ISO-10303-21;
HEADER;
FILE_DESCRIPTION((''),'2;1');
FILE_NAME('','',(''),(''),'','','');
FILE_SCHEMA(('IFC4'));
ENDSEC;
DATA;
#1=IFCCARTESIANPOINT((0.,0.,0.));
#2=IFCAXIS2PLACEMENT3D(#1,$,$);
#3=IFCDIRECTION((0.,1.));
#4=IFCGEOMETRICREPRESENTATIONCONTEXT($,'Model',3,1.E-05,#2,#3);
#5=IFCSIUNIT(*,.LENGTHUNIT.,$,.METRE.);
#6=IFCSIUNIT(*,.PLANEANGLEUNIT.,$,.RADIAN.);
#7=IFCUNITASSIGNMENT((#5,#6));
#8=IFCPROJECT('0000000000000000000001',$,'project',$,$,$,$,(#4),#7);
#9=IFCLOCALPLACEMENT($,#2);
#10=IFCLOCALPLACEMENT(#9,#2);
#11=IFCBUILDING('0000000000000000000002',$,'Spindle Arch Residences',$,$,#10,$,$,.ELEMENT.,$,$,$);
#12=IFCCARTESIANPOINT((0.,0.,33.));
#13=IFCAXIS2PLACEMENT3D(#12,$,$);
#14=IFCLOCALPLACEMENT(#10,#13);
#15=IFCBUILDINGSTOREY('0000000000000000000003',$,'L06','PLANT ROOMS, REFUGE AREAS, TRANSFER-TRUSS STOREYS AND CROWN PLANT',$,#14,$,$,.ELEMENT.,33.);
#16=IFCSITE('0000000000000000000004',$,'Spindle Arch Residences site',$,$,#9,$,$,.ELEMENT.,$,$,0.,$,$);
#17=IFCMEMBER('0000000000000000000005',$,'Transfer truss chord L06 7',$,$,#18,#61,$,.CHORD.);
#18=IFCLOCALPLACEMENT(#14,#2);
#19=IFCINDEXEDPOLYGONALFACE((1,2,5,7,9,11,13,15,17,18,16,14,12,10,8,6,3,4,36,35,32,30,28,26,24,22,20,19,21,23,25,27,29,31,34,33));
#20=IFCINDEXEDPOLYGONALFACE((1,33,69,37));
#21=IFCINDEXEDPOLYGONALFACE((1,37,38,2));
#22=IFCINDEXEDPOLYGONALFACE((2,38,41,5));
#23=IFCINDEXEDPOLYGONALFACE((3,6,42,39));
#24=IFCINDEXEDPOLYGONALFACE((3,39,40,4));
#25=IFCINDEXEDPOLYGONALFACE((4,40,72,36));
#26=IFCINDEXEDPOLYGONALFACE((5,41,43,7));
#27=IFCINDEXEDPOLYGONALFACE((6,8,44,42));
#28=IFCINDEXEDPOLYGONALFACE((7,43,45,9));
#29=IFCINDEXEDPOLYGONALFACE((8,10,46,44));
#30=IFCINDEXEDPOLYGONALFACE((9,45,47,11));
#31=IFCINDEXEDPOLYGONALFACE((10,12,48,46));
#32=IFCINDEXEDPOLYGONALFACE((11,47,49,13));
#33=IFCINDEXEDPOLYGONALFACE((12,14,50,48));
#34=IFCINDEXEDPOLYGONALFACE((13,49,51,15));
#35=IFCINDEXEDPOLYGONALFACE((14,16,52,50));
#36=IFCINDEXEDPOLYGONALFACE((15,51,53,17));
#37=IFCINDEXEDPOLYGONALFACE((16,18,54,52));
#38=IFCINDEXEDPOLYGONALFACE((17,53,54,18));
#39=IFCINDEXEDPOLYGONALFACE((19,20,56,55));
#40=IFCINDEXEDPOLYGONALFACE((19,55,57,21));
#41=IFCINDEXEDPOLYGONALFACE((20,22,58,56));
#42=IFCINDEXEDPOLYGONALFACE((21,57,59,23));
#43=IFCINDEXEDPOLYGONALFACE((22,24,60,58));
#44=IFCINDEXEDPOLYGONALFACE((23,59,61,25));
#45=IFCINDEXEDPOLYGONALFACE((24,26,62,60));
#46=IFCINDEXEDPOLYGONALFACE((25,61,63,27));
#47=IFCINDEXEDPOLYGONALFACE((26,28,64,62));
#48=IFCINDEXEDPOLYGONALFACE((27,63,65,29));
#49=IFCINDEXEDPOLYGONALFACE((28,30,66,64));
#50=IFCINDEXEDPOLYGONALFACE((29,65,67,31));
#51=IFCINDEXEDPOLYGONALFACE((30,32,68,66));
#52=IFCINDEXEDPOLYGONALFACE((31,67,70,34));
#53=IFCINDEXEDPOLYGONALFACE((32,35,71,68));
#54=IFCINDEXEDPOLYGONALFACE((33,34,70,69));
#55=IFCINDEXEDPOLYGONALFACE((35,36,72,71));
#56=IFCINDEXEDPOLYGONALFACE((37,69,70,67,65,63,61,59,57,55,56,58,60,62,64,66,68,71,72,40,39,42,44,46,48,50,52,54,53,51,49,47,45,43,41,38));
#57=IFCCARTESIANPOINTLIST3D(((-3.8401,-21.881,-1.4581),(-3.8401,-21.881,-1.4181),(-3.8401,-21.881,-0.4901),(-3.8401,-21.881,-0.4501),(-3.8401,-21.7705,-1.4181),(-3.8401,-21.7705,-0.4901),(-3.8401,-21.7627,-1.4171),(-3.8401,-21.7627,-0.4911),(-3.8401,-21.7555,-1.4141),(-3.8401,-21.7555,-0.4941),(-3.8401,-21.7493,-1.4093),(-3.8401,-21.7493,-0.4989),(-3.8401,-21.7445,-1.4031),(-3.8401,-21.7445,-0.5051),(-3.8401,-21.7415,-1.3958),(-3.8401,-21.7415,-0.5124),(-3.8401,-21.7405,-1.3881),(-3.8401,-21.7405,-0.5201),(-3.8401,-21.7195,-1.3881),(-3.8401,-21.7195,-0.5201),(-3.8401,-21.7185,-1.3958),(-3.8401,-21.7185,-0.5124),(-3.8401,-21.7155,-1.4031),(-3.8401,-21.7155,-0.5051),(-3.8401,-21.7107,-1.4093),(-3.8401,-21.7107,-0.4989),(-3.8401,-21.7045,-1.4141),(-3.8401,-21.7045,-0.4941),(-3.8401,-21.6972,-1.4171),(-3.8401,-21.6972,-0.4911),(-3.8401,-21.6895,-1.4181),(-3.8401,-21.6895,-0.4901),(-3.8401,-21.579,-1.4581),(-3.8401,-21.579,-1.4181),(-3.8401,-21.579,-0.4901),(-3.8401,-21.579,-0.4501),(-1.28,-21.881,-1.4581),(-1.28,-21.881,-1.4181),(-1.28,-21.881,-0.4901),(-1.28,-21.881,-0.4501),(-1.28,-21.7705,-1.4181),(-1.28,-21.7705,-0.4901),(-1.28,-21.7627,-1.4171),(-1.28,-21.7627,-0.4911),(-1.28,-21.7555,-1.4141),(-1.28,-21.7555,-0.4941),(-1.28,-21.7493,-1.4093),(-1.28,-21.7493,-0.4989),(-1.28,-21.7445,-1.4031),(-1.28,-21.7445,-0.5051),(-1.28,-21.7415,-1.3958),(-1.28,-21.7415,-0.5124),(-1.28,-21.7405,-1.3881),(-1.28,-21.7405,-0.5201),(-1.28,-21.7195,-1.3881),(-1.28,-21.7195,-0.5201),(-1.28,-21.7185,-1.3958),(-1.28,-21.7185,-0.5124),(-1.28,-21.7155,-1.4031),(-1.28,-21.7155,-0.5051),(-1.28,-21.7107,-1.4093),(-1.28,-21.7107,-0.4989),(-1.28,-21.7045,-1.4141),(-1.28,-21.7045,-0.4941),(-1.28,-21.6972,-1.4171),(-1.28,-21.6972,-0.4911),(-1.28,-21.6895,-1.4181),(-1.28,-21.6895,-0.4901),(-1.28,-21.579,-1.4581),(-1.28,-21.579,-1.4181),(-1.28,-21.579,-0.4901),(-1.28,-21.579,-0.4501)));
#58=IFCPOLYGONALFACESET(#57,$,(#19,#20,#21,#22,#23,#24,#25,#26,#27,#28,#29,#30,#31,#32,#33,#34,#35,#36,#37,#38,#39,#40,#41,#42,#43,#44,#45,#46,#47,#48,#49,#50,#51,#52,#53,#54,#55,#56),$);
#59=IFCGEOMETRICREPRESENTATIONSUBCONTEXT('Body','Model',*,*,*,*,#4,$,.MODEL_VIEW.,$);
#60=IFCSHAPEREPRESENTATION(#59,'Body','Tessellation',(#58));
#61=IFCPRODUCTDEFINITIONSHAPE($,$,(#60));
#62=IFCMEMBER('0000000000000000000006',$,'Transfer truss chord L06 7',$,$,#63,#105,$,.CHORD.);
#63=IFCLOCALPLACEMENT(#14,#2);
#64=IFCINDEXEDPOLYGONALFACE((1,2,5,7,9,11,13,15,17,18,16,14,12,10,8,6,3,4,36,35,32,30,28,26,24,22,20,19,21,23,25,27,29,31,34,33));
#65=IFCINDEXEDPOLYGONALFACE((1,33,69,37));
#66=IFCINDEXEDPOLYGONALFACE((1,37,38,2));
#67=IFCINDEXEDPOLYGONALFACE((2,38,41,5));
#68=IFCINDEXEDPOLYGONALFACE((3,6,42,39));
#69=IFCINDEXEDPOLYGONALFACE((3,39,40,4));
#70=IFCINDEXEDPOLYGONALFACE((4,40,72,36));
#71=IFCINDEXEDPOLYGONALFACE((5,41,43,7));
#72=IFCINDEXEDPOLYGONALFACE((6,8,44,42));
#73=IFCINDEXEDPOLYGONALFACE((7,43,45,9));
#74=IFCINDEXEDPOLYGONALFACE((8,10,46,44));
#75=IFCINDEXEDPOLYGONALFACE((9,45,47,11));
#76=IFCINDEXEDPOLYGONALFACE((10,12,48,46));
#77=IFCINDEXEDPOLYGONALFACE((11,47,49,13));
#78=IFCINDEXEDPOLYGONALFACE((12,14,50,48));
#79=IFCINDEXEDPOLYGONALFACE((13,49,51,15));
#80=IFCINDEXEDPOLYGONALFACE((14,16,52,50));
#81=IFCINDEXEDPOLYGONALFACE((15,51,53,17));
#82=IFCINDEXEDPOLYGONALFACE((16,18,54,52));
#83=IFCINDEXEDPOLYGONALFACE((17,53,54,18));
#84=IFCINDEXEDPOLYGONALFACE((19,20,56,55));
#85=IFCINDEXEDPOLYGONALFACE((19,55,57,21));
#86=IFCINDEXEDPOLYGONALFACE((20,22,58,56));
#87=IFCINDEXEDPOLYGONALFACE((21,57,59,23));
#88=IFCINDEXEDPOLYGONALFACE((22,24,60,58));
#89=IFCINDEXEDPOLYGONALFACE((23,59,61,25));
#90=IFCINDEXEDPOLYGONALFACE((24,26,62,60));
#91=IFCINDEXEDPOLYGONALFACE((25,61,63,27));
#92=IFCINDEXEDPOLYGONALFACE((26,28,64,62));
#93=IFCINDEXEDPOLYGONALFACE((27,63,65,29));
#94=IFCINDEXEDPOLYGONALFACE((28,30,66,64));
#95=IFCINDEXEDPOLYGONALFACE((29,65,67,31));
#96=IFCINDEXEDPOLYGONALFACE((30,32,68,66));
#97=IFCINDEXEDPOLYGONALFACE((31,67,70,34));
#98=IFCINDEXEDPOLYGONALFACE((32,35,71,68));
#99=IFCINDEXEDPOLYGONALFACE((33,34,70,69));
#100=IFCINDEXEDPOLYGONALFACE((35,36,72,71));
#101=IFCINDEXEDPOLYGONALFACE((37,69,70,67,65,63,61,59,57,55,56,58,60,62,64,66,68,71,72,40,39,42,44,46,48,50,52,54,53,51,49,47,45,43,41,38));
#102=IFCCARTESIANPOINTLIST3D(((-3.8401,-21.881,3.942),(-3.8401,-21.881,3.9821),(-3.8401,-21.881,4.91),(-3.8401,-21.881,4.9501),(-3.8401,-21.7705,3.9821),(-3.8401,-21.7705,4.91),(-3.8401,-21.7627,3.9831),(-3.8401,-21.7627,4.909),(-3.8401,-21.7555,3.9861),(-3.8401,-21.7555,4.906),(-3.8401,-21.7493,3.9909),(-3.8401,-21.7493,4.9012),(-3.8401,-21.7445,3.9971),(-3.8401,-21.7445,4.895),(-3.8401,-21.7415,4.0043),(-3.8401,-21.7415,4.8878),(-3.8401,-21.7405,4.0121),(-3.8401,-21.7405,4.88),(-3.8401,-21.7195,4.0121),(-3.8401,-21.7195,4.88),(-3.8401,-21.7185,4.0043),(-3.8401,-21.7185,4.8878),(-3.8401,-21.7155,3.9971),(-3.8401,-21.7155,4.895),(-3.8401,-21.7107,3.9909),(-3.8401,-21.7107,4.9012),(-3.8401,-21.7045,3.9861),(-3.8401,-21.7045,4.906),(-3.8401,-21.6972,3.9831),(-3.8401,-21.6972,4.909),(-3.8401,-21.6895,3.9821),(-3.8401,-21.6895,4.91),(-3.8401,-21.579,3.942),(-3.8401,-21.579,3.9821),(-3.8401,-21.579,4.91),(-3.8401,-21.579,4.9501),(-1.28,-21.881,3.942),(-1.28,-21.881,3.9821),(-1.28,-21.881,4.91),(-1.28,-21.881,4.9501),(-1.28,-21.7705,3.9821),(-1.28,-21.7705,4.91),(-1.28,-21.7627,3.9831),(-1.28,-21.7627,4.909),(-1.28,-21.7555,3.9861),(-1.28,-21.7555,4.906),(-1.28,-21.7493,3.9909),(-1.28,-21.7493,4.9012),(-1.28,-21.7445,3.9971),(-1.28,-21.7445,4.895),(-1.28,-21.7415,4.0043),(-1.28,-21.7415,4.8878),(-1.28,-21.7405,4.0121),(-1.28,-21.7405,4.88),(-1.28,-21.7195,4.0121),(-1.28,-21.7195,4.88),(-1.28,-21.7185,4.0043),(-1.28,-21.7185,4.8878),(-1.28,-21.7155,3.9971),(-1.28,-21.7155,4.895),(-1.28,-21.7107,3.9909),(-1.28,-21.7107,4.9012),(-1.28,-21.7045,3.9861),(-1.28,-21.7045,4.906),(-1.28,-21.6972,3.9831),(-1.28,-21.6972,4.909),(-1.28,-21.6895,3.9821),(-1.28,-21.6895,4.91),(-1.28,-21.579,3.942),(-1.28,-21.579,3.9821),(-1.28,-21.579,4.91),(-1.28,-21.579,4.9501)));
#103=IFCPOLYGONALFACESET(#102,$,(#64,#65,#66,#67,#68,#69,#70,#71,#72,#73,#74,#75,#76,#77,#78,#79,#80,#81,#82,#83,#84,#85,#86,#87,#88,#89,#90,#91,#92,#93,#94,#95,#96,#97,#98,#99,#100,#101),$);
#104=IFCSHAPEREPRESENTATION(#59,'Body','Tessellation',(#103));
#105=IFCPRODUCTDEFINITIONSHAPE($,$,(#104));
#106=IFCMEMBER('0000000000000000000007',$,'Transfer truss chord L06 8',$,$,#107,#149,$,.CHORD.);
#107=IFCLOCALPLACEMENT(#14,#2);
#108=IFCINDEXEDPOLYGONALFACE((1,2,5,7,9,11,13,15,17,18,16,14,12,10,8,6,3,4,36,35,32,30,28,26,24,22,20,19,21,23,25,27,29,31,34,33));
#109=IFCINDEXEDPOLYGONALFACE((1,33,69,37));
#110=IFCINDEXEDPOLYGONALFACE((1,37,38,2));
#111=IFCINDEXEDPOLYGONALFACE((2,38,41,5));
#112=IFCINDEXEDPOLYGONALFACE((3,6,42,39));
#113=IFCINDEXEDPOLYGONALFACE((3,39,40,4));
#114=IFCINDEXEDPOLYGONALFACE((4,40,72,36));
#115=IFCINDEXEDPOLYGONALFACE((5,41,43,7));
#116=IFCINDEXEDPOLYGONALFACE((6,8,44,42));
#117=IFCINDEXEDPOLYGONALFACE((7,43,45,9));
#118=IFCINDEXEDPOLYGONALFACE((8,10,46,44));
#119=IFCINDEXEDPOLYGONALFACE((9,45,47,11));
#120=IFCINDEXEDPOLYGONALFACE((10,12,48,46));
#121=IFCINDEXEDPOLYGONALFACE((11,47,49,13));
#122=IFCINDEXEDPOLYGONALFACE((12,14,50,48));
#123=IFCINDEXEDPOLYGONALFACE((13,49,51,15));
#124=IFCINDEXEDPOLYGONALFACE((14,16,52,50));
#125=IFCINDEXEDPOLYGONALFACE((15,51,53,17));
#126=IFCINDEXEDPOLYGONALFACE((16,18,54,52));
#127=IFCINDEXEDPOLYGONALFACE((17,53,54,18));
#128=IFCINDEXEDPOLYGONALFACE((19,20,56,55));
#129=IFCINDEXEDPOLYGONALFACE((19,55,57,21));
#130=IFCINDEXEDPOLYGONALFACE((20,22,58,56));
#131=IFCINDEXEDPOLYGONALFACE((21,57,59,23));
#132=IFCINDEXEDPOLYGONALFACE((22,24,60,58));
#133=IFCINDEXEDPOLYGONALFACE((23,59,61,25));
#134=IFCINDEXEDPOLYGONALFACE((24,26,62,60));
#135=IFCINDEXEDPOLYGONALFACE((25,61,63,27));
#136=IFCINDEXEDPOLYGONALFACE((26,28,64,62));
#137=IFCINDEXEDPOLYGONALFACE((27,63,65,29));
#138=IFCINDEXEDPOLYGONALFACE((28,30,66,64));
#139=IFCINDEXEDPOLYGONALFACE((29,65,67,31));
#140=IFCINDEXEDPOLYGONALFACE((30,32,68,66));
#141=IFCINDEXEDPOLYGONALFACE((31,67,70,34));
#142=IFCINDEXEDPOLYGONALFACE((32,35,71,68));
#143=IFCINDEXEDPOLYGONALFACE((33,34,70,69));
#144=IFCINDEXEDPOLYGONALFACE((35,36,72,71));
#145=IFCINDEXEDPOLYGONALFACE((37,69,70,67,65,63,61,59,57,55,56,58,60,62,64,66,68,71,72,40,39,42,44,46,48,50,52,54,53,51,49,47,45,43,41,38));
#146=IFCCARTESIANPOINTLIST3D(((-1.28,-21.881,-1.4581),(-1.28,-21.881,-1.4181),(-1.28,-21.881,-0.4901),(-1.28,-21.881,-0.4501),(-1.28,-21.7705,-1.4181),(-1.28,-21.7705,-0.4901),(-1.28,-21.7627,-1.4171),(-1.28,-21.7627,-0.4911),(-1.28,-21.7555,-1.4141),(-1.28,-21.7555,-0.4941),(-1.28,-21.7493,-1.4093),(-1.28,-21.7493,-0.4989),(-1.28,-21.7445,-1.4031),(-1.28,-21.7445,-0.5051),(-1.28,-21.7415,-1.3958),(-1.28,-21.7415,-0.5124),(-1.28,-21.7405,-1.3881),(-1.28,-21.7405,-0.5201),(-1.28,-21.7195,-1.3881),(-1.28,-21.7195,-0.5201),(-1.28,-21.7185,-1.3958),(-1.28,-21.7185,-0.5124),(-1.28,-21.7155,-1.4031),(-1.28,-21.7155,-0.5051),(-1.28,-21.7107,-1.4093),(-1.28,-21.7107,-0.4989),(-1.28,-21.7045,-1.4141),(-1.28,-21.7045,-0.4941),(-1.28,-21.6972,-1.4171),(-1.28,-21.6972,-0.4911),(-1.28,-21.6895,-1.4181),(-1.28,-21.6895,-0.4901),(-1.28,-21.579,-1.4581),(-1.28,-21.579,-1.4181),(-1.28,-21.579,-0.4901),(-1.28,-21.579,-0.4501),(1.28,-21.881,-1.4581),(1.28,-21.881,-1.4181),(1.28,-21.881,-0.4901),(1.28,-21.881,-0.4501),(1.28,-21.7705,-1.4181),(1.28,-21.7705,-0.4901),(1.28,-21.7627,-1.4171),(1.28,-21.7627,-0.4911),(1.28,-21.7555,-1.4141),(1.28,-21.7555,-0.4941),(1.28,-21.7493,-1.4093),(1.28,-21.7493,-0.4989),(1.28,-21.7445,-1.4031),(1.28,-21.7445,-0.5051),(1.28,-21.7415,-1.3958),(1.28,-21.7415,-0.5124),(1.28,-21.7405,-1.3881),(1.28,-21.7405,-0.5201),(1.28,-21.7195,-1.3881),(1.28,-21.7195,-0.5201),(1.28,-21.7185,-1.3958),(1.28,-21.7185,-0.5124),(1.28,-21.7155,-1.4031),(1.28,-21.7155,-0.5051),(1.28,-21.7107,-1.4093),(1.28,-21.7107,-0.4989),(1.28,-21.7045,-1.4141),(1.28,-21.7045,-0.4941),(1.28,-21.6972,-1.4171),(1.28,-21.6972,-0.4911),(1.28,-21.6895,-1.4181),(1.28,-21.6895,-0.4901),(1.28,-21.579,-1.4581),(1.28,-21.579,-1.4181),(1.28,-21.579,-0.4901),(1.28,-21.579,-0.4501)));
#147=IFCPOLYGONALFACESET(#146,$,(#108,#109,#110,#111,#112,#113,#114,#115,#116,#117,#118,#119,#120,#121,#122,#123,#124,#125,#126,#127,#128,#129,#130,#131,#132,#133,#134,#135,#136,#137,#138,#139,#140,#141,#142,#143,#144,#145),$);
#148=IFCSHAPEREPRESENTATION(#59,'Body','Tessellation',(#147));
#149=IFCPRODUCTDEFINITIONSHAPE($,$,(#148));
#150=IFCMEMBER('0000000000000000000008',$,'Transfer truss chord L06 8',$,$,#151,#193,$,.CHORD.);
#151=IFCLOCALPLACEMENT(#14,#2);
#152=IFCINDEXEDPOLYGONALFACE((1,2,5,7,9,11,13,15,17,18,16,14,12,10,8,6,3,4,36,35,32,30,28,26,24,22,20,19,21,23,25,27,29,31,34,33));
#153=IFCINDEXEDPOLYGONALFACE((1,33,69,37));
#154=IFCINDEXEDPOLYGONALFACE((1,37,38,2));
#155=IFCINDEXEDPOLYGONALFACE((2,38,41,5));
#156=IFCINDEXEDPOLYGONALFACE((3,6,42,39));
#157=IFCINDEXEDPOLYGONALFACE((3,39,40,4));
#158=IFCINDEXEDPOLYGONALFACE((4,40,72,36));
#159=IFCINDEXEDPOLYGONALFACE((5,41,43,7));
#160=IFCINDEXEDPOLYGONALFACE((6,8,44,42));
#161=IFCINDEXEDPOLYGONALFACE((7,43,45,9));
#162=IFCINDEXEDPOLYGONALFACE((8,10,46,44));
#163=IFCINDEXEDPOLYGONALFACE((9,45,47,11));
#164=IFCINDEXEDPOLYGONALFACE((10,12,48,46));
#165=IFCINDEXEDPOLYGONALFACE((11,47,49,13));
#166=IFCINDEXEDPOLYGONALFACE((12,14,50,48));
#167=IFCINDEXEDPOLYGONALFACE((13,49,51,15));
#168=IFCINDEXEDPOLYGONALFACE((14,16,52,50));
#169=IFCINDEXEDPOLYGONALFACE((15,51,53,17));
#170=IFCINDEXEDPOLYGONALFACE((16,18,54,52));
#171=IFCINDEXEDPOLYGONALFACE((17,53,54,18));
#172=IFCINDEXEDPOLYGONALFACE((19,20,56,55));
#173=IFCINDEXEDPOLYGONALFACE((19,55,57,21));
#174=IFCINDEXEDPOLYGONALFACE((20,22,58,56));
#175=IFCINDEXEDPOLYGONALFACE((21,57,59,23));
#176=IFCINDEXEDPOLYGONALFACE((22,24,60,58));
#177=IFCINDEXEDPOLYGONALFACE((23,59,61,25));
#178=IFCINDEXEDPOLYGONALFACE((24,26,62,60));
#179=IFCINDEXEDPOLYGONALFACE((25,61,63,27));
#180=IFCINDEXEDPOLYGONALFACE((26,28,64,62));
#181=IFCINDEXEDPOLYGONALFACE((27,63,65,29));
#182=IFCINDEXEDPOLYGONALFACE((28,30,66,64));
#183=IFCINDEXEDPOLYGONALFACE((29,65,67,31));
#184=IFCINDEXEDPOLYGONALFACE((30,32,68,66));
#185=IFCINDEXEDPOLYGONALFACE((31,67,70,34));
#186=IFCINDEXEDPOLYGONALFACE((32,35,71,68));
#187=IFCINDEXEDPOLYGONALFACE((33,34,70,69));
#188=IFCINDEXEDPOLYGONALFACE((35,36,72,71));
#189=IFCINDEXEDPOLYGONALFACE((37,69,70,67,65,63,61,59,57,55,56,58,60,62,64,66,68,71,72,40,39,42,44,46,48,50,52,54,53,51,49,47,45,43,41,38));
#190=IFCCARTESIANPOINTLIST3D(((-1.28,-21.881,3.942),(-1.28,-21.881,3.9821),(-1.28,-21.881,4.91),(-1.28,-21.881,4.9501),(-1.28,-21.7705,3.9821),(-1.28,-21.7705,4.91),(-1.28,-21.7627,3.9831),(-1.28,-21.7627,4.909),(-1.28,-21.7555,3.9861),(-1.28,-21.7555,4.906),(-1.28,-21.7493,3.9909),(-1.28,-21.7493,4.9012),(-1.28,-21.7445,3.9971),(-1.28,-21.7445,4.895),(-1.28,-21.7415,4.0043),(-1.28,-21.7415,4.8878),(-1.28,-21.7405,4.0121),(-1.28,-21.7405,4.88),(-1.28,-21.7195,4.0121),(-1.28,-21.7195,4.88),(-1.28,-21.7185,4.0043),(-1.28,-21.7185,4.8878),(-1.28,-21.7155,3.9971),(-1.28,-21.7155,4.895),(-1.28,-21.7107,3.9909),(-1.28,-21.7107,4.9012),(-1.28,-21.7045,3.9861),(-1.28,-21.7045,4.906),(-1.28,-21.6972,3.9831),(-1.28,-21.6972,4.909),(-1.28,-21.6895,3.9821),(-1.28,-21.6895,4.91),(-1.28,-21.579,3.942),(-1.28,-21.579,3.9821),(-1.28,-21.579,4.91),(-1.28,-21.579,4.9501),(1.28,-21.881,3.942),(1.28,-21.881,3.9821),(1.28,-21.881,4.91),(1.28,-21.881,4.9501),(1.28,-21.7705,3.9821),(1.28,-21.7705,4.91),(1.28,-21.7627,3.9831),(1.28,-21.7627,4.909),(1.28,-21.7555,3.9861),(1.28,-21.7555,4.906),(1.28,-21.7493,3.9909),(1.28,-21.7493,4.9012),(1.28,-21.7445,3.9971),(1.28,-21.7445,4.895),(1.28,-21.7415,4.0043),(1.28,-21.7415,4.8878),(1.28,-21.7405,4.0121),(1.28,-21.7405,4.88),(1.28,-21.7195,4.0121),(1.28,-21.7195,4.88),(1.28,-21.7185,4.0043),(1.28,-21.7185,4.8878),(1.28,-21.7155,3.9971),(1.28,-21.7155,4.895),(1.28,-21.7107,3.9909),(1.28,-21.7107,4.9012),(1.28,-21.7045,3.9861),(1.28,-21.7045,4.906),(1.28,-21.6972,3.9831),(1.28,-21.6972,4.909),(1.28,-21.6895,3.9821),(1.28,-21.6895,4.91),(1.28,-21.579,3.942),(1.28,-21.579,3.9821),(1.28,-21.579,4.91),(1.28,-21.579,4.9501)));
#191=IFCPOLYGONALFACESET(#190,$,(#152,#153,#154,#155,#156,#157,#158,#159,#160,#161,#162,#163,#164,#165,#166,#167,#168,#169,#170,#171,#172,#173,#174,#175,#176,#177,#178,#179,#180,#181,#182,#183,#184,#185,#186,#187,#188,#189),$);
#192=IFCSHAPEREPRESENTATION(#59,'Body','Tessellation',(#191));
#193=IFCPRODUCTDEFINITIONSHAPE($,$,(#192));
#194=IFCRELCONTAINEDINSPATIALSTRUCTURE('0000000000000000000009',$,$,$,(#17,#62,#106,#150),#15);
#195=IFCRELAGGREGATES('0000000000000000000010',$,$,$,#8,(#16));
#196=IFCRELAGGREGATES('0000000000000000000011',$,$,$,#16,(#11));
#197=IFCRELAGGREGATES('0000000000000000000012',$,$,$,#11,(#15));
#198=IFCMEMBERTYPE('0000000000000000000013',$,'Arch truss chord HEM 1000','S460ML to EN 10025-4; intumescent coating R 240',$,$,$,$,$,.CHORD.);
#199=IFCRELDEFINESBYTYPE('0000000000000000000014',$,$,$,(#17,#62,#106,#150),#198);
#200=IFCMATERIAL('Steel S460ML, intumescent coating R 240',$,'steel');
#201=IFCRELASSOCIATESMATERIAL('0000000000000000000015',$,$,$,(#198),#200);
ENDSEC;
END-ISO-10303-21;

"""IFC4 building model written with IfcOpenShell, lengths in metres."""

from ifc_helpers import new_model, si_unit, direction, frame, origin, origin_2d, place, context, subcontext, project, spatial, i_section, extrude, material, material_profile, profile_set, type_object, element, save


model = new_model("IFC4")

# Units and contexts
model_context = context("Model", 3, precision=1e-05, world=origin(), true_north=direction((0.0, 1.0)))
body_context = subcontext(model_context, "Body", "Model", "MODEL_VIEW")
ifc_project = project(units=[si_unit("LENGTHUNIT", "METRE"), si_unit("PLANEANGLEUNIT", "RADIAN")], contexts=[model_context])

# Site, building, storey
site_placement = place(None, origin())
site = spatial("IfcSite", under=ifc_project, at=site_placement, Name="Spindle Arch Residences site", CompositionType="ELEMENT", RefElevation=0.0)
building_placement = place(site_placement, origin())
building = spatial("IfcBuilding", under=site, at=building_placement, Name="Spindle Arch Residences", CompositionType="ELEMENT")
storey_placement = place(building_placement, frame((0.0, 0.0, 33.0)))
storey = spatial("IfcBuildingStorey", under=building, at=storey_placement, Name="L06", Description="PLANT ROOMS, REFUGE AREAS, TRANSFER-TRUSS STOREYS AND CROWN PLANT", CompositionType="ELEMENT", Elevation=33.0)

# Members
ifc_material_1 = material(Name="Steel S460ML, intumescent coating R 240", Category="steel")
ifc_material_profile_1 = material_profile(ifc_material_1, i_section(OverallWidth=0.302, OverallDepth=1.0081, WebThickness=0.021, FlangeThickness=0.04, FilletRadius=0.03, at=origin_2d()), Name="HEM 1000")
ifc_profile_set_1 = profile_set([ifc_material_profile_1], Name="Steel S460ML, intumescent coating R 240")
member_type_1 = type_object("IfcMemberType", Name="Arch truss chord HEM 1000", Description="S460ML to EN 10025-4; intumescent coating R 240", PredefinedType="CHORD", material=ifc_profile_set_1)
for number, where, z_axis, x_axis, name in (
    (1, (-3.8401, -21.73, -0.9541), (1.0, 0.0, 0.0), (0.0, 1.0, 0.0), "Transfer truss chord L06 7"),
    (2, (-3.8401, -21.73, 4.446), (1.0, 0.0, 0.0), (0.0, 1.0, 0.0), "Transfer truss chord L06 7"),
    (3, (-1.28, -21.73, -0.9541), (1.0, 0.0, 0.0), (0.0, 1.0, 0.0), "Transfer truss chord L06 8"),
    (4, (-1.28, -21.73, 4.446), (1.0, 0.0, 0.0), (0.0, 1.0, 0.0), "Transfer truss chord L06 8"),
):
    element("IfcMember", number, at=place(storey_placement, frame(where, z_axis=z_axis, x_axis=x_axis)), inside=storey, type_object=member_type_1, Name=name, PredefinedType="CHORD", context=body_context, shape_type="SweptSolid", body=[
        extrude(i_section(OverallWidth=0.302, OverallDepth=1.0081, WebThickness=0.021, FlangeThickness=0.04, FilletRadius=0.03, at=origin_2d()), origin(), (0.0, 0.0, 1.0), 2.5601),
    ])

save(model, "model.ifc")
